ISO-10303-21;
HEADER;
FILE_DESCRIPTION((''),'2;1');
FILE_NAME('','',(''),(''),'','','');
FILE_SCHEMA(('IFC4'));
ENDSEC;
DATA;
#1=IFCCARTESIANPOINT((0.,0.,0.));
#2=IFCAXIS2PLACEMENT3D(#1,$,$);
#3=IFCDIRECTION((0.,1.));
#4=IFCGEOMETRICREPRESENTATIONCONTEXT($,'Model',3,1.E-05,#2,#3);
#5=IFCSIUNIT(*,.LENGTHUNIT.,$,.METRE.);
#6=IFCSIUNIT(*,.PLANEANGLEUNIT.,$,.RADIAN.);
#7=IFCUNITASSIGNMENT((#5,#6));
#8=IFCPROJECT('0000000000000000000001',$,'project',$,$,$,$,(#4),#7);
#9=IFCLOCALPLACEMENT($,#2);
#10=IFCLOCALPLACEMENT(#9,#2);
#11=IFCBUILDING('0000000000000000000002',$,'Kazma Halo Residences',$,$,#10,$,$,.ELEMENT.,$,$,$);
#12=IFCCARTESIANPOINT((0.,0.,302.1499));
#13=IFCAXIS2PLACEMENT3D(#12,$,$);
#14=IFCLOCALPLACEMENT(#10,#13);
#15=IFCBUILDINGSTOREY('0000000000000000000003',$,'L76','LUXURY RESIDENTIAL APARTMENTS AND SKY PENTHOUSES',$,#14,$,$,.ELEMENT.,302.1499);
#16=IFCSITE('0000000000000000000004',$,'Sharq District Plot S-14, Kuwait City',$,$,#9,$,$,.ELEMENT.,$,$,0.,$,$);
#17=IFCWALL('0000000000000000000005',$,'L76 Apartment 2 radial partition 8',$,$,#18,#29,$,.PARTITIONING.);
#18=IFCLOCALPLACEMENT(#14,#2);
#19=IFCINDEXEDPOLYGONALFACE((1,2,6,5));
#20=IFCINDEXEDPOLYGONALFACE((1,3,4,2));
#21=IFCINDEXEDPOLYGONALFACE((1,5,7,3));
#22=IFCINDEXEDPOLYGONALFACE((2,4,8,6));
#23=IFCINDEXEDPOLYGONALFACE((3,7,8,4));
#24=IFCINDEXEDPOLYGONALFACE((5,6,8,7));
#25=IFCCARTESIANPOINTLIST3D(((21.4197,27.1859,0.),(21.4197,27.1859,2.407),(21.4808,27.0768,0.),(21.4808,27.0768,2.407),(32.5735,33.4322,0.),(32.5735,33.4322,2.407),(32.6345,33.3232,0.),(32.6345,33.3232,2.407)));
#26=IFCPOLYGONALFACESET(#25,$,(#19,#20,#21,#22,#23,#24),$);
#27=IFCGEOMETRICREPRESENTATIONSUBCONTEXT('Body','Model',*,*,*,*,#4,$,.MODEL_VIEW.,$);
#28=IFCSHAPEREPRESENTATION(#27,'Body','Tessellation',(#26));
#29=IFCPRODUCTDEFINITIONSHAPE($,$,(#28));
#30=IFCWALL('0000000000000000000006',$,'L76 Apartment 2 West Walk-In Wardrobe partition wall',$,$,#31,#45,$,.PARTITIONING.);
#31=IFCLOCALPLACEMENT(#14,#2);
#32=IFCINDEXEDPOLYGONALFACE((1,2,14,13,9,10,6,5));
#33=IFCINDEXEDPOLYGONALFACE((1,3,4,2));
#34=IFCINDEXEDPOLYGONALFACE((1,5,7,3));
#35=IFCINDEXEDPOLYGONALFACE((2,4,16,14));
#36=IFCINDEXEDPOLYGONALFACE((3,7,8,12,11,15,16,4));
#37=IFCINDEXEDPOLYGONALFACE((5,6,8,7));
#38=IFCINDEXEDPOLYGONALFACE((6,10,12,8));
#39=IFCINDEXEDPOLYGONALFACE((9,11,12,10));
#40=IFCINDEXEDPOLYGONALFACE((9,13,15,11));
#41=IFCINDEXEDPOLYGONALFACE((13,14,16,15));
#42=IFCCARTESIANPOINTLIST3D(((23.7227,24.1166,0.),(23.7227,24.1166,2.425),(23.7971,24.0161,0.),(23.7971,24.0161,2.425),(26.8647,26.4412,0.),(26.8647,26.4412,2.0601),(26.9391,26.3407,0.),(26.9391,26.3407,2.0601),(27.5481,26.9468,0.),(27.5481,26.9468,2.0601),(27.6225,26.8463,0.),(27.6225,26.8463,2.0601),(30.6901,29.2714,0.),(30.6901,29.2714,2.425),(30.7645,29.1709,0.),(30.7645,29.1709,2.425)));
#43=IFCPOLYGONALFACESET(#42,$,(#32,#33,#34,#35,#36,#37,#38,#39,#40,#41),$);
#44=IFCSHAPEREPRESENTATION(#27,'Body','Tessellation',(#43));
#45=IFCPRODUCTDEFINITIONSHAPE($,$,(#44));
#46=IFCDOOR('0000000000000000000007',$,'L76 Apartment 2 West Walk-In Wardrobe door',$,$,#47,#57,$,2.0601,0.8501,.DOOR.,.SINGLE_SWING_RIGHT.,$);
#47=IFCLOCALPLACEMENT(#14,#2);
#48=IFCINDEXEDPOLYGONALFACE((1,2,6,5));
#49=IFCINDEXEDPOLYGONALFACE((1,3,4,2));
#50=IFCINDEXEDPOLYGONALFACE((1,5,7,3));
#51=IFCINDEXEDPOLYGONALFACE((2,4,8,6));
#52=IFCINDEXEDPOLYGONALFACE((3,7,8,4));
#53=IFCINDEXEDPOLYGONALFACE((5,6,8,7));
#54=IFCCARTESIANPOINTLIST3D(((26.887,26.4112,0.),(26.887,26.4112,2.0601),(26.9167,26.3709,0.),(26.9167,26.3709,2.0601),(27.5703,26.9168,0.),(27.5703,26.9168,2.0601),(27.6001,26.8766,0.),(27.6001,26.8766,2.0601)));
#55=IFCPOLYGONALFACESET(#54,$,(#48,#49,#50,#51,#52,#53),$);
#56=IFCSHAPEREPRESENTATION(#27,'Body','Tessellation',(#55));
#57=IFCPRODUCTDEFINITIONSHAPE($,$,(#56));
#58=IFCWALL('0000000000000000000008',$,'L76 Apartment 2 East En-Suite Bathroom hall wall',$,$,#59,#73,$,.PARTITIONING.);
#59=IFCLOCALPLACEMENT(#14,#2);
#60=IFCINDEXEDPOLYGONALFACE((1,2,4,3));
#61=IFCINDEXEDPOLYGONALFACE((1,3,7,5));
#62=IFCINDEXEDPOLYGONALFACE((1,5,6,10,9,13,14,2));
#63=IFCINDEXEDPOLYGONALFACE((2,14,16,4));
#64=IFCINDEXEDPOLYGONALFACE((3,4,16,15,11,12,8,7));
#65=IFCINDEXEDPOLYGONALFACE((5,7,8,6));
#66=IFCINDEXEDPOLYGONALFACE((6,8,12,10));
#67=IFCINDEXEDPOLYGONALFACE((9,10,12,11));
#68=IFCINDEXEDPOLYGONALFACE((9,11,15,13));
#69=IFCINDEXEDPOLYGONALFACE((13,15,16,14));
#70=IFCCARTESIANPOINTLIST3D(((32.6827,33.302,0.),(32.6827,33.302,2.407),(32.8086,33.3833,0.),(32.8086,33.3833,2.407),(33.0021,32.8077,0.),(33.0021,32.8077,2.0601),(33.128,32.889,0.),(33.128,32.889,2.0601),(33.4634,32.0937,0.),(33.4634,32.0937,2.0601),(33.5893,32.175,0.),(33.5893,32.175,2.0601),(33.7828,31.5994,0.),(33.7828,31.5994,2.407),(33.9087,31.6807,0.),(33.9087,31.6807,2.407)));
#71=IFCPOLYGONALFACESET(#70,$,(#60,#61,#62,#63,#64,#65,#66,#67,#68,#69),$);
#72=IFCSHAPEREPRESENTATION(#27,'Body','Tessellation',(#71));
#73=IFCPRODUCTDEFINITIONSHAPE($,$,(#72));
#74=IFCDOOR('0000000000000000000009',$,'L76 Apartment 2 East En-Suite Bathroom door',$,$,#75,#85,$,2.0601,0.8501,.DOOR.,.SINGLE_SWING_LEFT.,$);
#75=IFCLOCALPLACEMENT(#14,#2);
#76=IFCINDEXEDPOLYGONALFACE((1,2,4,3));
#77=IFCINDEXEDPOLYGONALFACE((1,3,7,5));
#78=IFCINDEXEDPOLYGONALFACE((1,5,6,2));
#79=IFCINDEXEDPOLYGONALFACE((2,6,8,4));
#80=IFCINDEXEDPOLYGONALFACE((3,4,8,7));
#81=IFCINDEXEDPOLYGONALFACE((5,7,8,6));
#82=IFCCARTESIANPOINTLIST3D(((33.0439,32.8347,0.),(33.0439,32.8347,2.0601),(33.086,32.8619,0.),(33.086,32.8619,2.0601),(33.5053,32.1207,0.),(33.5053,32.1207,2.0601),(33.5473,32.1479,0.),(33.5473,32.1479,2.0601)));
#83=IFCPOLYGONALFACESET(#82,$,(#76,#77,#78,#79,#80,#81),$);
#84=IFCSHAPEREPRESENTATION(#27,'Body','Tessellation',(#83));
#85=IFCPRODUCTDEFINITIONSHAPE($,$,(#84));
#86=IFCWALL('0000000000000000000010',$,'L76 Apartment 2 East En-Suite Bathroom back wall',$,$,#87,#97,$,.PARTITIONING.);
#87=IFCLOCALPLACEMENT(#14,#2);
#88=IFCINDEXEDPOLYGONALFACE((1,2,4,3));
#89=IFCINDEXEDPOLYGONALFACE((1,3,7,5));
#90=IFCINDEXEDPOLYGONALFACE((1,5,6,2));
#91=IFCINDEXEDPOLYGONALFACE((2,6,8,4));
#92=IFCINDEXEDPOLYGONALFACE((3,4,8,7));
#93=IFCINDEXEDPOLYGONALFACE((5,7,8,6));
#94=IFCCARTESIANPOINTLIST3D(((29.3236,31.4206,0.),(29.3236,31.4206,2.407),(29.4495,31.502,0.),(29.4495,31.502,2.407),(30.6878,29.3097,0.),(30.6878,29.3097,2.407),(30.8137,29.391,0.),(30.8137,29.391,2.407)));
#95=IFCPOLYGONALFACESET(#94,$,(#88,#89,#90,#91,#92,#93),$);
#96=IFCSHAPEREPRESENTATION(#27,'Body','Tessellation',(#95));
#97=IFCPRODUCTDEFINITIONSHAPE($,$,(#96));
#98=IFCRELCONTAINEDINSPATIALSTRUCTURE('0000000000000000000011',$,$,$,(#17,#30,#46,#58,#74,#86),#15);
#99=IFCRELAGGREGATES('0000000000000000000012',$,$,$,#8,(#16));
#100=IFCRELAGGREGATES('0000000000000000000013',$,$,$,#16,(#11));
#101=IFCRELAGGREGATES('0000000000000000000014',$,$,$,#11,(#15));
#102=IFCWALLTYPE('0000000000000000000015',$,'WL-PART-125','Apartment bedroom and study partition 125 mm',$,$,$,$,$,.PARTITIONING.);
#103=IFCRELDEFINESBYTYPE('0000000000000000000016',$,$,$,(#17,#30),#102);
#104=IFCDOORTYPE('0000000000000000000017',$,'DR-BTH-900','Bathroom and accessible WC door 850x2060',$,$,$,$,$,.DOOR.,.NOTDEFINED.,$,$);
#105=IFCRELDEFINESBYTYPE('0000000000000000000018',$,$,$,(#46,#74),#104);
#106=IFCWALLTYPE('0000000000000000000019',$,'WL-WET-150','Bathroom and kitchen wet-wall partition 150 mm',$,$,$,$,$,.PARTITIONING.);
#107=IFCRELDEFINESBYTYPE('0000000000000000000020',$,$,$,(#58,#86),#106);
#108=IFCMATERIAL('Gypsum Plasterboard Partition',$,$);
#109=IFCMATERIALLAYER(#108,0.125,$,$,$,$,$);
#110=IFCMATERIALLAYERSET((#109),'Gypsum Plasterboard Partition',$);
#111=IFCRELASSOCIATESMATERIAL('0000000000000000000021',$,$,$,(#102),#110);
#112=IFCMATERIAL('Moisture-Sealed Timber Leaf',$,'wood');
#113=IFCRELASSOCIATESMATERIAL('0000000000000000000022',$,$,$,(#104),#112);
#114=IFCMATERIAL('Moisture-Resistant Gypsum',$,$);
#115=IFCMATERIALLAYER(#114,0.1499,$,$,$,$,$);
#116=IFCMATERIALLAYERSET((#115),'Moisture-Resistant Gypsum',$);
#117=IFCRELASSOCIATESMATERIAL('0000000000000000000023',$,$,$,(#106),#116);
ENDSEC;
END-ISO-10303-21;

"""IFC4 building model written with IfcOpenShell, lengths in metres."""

from ifc_helpers import new_model, si_unit, direction, frame, frame_2d, origin, place, context, subcontext, project, spatial, rectangle, extrude, material, layer, layer_set, type_object, element, fill, save


model = new_model("IFC4")

# Units and contexts
model_context = context("Model", 3, precision=1e-05, world=origin(), true_north=direction((0.0, 1.0)))
body_context = subcontext(model_context, "Body", "Model", "MODEL_VIEW")
ifc_project = project(units=[si_unit("LENGTHUNIT", "METRE"), si_unit("PLANEANGLEUNIT", "RADIAN")], contexts=[model_context])

# Site, building, storey
site_placement = place(None, origin())
site = spatial("IfcSite", under=ifc_project, at=site_placement, Name="Sharq District Plot S-14, Kuwait City", CompositionType="ELEMENT", RefElevation=0.0)
building_placement = place(site_placement, origin())
building = spatial("IfcBuilding", under=site, at=building_placement, Name="Kazma Halo Residences", CompositionType="ELEMENT")
storey_placement = place(building_placement, frame((0.0, 0.0, 302.1499)))
storey = spatial("IfcBuildingStorey", under=building, at=storey_placement, Name="L76", Description="LUXURY RESIDENTIAL APARTMENTS AND SKY PENTHOUSES", CompositionType="ELEMENT", Elevation=302.1499)

# Shared definitions
ifc_material_1 = material(Name="Gypsum Plasterboard Partition")
ifc_layer_1 = layer(ifc_material_1, 0.125)
ifc_layer_set_1 = layer_set([ifc_layer_1], Name="Gypsum Plasterboard Partition")
wall_type_1 = type_object("IfcWallType", Name="WL-PART-125", Description="Apartment bedroom and study partition 125 mm", PredefinedType="PARTITIONING", material=ifc_layer_set_1)

# Shared definitions
ifc_material_2 = material(Name="Moisture-Sealed Timber Leaf", Category="wood")
door_type = type_object("IfcDoorType", Name="DR-BTH-900", Description="Bathroom and accessible WC door 850x2060", OperationType="NOTDEFINED", PredefinedType="DOOR", material=ifc_material_2)

# Wall
wall_1_placement = place(storey_placement, frame((32.604, 33.3777, 0.0), z_axis=(0.0, 0.0, 1.0), x_axis=(-0.872499, -0.488616, 0.0)))
element("IfcWall", 1, at=wall_1_placement, inside=storey, type_object=wall_type_1, Name="L76 Apartment 2 radial partition 8", PredefinedType="PARTITIONING", context=body_context, shape_type="SweptSolid", body=[
    extrude(rectangle(XDim=12.7837, YDim=0.125, at=frame_2d((6.3918, 0.0))), origin(), (0.0, 0.0, 1.0), 2.407),
])

# Walls, openings, doors
wall_2_placement = place(storey_placement, frame((30.7273, 29.2212, 0.0), z_axis=(0.0, 0.0, 1.0), x_axis=(-0.803897, -0.594768, 0.0)))
wall_2 = element("IfcWall", 2, at=wall_2_placement, inside=storey, type_object=wall_type_1, Name="L76 Apartment 2 West Walk-In Wardrobe partition wall", PredefinedType="PARTITIONING", context=body_context, shape_type="SweptSolid", body=[
    extrude(rectangle(XDim=8.667, YDim=0.125, at=frame_2d((4.3335, 0.0))), origin(), (0.0, 0.0, 1.0), 2.425),
])
opening_1_placement = place(wall_2_placement, frame((3.9084, 0.0, 0.0)))
opening_1 = element("IfcOpeningElement", 3, at=opening_1_placement, cuts=wall_2, PredefinedType="OPENING", context=body_context, shape_type="SweptSolid", body=[
    extrude(rectangle(XDim=0.8501, YDim=2.0601, at=frame_2d((0.425, 1.03))), frame((0.0, 0.0725, 0.0), z_axis=(0.0, -1.0, 0.0), x_axis=(1.0, 0.0, 0.0)), (0.0, 0.0, 1.0), 0.145),
])
door_1_placement = place(opening_1_placement, origin())
door_1 = element("IfcDoor", 4, at=door_1_placement, inside=storey, type_object=door_type, Name="L76 Apartment 2 West Walk-In Wardrobe door", OperationType="SINGLE_SWING_RIGHT", OverallHeight=2.0601, OverallWidth=0.8501, PredefinedType="DOOR", context=body_context, shape_type="SweptSolid", body=[
    extrude(rectangle(XDim=0.8501, YDim=2.0601, at=frame_2d((0.425, 1.03))), frame((0.0, 0.0249, 0.0), z_axis=(0.0, -1.0, 0.0), x_axis=(1.0, 0.0, 0.0)), (0.0, 0.0, 1.0), 0.05),
])
fill(opening_1, door_1)
ifc_material_3 = material(Name="Moisture-Resistant Gypsum")
ifc_layer_2 = layer(ifc_material_3, 0.1499)
ifc_layer_set_2 = layer_set([ifc_layer_2], Name="Moisture-Resistant Gypsum")
wall_type_2 = type_object("IfcWallType", Name="WL-WET-150", Description="Bathroom and kitchen wet-wall partition 150 mm", PredefinedType="PARTITIONING", material=ifc_layer_set_2)
wall_3_placement = place(storey_placement, frame((32.7456, 33.3428, 0.0), z_axis=(0.0, 0.0, 1.0), x_axis=(0.542692, -0.839932, 0.0)))
wall_3 = element("IfcWall", 5, at=wall_3_placement, inside=storey, type_object=wall_type_2, Name="L76 Apartment 2 East En-Suite Bathroom hall wall", PredefinedType="PARTITIONING", context=body_context, shape_type="SweptSolid", body=[
    extrude(rectangle(XDim=2.0271, YDim=0.1499, at=frame_2d((1.0137, 0.0))), origin(), (0.0, 0.0, 1.0), 2.407),
])
opening_2_placement = place(wall_3_placement, frame((0.5886, 0.0, 0.0)))
opening_2 = element("IfcOpeningElement", 6, at=opening_2_placement, cuts=wall_3, PredefinedType="OPENING", context=body_context, shape_type="SweptSolid", body=[
    extrude(rectangle(XDim=0.8501, YDim=2.0601, at=frame_2d((0.425, 1.03))), frame((0.0, 0.085, 0.0), z_axis=(0.0, -1.0, 0.0), x_axis=(1.0, 0.0, 0.0)), (0.0, 0.0, 1.0), 0.1699),
])
door_2_placement = place(opening_2_placement, origin())
door_2 = element("IfcDoor", 7, at=door_2_placement, inside=storey, type_object=door_type, Name="L76 Apartment 2 East En-Suite Bathroom door", OperationType="SINGLE_SWING_LEFT", OverallHeight=2.0601, OverallWidth=0.8501, PredefinedType="DOOR", context=body_context, shape_type="SweptSolid", body=[
    extrude(rectangle(XDim=0.8501, YDim=2.0601, at=frame_2d((0.425, 1.03))), frame((0.0, 0.0249, 0.0), z_axis=(0.0, -1.0, 0.0), x_axis=(1.0, 0.0, 0.0)), (0.0, 0.0, 1.0), 0.05),
])
fill(opening_2, door_2)

# Wall
wall_4_placement = place(storey_placement, frame((29.3865, 31.4614, 0.0), z_axis=(0.0, 0.0, 1.0), x_axis=(0.542764, -0.839885, 0.0)))
element("IfcWall", 8, at=wall_4_placement, inside=storey, type_object=wall_type_2, Name="L76 Apartment 2 East En-Suite Bathroom back wall", PredefinedType="PARTITIONING", context=body_context, shape_type="SweptSolid", body=[
    extrude(rectangle(XDim=2.5134, YDim=0.1499, at=frame_2d((1.2568, 0.0))), origin(), (0.0, 0.0, 1.0), 2.407),
])

save(model, "model.ifc")
